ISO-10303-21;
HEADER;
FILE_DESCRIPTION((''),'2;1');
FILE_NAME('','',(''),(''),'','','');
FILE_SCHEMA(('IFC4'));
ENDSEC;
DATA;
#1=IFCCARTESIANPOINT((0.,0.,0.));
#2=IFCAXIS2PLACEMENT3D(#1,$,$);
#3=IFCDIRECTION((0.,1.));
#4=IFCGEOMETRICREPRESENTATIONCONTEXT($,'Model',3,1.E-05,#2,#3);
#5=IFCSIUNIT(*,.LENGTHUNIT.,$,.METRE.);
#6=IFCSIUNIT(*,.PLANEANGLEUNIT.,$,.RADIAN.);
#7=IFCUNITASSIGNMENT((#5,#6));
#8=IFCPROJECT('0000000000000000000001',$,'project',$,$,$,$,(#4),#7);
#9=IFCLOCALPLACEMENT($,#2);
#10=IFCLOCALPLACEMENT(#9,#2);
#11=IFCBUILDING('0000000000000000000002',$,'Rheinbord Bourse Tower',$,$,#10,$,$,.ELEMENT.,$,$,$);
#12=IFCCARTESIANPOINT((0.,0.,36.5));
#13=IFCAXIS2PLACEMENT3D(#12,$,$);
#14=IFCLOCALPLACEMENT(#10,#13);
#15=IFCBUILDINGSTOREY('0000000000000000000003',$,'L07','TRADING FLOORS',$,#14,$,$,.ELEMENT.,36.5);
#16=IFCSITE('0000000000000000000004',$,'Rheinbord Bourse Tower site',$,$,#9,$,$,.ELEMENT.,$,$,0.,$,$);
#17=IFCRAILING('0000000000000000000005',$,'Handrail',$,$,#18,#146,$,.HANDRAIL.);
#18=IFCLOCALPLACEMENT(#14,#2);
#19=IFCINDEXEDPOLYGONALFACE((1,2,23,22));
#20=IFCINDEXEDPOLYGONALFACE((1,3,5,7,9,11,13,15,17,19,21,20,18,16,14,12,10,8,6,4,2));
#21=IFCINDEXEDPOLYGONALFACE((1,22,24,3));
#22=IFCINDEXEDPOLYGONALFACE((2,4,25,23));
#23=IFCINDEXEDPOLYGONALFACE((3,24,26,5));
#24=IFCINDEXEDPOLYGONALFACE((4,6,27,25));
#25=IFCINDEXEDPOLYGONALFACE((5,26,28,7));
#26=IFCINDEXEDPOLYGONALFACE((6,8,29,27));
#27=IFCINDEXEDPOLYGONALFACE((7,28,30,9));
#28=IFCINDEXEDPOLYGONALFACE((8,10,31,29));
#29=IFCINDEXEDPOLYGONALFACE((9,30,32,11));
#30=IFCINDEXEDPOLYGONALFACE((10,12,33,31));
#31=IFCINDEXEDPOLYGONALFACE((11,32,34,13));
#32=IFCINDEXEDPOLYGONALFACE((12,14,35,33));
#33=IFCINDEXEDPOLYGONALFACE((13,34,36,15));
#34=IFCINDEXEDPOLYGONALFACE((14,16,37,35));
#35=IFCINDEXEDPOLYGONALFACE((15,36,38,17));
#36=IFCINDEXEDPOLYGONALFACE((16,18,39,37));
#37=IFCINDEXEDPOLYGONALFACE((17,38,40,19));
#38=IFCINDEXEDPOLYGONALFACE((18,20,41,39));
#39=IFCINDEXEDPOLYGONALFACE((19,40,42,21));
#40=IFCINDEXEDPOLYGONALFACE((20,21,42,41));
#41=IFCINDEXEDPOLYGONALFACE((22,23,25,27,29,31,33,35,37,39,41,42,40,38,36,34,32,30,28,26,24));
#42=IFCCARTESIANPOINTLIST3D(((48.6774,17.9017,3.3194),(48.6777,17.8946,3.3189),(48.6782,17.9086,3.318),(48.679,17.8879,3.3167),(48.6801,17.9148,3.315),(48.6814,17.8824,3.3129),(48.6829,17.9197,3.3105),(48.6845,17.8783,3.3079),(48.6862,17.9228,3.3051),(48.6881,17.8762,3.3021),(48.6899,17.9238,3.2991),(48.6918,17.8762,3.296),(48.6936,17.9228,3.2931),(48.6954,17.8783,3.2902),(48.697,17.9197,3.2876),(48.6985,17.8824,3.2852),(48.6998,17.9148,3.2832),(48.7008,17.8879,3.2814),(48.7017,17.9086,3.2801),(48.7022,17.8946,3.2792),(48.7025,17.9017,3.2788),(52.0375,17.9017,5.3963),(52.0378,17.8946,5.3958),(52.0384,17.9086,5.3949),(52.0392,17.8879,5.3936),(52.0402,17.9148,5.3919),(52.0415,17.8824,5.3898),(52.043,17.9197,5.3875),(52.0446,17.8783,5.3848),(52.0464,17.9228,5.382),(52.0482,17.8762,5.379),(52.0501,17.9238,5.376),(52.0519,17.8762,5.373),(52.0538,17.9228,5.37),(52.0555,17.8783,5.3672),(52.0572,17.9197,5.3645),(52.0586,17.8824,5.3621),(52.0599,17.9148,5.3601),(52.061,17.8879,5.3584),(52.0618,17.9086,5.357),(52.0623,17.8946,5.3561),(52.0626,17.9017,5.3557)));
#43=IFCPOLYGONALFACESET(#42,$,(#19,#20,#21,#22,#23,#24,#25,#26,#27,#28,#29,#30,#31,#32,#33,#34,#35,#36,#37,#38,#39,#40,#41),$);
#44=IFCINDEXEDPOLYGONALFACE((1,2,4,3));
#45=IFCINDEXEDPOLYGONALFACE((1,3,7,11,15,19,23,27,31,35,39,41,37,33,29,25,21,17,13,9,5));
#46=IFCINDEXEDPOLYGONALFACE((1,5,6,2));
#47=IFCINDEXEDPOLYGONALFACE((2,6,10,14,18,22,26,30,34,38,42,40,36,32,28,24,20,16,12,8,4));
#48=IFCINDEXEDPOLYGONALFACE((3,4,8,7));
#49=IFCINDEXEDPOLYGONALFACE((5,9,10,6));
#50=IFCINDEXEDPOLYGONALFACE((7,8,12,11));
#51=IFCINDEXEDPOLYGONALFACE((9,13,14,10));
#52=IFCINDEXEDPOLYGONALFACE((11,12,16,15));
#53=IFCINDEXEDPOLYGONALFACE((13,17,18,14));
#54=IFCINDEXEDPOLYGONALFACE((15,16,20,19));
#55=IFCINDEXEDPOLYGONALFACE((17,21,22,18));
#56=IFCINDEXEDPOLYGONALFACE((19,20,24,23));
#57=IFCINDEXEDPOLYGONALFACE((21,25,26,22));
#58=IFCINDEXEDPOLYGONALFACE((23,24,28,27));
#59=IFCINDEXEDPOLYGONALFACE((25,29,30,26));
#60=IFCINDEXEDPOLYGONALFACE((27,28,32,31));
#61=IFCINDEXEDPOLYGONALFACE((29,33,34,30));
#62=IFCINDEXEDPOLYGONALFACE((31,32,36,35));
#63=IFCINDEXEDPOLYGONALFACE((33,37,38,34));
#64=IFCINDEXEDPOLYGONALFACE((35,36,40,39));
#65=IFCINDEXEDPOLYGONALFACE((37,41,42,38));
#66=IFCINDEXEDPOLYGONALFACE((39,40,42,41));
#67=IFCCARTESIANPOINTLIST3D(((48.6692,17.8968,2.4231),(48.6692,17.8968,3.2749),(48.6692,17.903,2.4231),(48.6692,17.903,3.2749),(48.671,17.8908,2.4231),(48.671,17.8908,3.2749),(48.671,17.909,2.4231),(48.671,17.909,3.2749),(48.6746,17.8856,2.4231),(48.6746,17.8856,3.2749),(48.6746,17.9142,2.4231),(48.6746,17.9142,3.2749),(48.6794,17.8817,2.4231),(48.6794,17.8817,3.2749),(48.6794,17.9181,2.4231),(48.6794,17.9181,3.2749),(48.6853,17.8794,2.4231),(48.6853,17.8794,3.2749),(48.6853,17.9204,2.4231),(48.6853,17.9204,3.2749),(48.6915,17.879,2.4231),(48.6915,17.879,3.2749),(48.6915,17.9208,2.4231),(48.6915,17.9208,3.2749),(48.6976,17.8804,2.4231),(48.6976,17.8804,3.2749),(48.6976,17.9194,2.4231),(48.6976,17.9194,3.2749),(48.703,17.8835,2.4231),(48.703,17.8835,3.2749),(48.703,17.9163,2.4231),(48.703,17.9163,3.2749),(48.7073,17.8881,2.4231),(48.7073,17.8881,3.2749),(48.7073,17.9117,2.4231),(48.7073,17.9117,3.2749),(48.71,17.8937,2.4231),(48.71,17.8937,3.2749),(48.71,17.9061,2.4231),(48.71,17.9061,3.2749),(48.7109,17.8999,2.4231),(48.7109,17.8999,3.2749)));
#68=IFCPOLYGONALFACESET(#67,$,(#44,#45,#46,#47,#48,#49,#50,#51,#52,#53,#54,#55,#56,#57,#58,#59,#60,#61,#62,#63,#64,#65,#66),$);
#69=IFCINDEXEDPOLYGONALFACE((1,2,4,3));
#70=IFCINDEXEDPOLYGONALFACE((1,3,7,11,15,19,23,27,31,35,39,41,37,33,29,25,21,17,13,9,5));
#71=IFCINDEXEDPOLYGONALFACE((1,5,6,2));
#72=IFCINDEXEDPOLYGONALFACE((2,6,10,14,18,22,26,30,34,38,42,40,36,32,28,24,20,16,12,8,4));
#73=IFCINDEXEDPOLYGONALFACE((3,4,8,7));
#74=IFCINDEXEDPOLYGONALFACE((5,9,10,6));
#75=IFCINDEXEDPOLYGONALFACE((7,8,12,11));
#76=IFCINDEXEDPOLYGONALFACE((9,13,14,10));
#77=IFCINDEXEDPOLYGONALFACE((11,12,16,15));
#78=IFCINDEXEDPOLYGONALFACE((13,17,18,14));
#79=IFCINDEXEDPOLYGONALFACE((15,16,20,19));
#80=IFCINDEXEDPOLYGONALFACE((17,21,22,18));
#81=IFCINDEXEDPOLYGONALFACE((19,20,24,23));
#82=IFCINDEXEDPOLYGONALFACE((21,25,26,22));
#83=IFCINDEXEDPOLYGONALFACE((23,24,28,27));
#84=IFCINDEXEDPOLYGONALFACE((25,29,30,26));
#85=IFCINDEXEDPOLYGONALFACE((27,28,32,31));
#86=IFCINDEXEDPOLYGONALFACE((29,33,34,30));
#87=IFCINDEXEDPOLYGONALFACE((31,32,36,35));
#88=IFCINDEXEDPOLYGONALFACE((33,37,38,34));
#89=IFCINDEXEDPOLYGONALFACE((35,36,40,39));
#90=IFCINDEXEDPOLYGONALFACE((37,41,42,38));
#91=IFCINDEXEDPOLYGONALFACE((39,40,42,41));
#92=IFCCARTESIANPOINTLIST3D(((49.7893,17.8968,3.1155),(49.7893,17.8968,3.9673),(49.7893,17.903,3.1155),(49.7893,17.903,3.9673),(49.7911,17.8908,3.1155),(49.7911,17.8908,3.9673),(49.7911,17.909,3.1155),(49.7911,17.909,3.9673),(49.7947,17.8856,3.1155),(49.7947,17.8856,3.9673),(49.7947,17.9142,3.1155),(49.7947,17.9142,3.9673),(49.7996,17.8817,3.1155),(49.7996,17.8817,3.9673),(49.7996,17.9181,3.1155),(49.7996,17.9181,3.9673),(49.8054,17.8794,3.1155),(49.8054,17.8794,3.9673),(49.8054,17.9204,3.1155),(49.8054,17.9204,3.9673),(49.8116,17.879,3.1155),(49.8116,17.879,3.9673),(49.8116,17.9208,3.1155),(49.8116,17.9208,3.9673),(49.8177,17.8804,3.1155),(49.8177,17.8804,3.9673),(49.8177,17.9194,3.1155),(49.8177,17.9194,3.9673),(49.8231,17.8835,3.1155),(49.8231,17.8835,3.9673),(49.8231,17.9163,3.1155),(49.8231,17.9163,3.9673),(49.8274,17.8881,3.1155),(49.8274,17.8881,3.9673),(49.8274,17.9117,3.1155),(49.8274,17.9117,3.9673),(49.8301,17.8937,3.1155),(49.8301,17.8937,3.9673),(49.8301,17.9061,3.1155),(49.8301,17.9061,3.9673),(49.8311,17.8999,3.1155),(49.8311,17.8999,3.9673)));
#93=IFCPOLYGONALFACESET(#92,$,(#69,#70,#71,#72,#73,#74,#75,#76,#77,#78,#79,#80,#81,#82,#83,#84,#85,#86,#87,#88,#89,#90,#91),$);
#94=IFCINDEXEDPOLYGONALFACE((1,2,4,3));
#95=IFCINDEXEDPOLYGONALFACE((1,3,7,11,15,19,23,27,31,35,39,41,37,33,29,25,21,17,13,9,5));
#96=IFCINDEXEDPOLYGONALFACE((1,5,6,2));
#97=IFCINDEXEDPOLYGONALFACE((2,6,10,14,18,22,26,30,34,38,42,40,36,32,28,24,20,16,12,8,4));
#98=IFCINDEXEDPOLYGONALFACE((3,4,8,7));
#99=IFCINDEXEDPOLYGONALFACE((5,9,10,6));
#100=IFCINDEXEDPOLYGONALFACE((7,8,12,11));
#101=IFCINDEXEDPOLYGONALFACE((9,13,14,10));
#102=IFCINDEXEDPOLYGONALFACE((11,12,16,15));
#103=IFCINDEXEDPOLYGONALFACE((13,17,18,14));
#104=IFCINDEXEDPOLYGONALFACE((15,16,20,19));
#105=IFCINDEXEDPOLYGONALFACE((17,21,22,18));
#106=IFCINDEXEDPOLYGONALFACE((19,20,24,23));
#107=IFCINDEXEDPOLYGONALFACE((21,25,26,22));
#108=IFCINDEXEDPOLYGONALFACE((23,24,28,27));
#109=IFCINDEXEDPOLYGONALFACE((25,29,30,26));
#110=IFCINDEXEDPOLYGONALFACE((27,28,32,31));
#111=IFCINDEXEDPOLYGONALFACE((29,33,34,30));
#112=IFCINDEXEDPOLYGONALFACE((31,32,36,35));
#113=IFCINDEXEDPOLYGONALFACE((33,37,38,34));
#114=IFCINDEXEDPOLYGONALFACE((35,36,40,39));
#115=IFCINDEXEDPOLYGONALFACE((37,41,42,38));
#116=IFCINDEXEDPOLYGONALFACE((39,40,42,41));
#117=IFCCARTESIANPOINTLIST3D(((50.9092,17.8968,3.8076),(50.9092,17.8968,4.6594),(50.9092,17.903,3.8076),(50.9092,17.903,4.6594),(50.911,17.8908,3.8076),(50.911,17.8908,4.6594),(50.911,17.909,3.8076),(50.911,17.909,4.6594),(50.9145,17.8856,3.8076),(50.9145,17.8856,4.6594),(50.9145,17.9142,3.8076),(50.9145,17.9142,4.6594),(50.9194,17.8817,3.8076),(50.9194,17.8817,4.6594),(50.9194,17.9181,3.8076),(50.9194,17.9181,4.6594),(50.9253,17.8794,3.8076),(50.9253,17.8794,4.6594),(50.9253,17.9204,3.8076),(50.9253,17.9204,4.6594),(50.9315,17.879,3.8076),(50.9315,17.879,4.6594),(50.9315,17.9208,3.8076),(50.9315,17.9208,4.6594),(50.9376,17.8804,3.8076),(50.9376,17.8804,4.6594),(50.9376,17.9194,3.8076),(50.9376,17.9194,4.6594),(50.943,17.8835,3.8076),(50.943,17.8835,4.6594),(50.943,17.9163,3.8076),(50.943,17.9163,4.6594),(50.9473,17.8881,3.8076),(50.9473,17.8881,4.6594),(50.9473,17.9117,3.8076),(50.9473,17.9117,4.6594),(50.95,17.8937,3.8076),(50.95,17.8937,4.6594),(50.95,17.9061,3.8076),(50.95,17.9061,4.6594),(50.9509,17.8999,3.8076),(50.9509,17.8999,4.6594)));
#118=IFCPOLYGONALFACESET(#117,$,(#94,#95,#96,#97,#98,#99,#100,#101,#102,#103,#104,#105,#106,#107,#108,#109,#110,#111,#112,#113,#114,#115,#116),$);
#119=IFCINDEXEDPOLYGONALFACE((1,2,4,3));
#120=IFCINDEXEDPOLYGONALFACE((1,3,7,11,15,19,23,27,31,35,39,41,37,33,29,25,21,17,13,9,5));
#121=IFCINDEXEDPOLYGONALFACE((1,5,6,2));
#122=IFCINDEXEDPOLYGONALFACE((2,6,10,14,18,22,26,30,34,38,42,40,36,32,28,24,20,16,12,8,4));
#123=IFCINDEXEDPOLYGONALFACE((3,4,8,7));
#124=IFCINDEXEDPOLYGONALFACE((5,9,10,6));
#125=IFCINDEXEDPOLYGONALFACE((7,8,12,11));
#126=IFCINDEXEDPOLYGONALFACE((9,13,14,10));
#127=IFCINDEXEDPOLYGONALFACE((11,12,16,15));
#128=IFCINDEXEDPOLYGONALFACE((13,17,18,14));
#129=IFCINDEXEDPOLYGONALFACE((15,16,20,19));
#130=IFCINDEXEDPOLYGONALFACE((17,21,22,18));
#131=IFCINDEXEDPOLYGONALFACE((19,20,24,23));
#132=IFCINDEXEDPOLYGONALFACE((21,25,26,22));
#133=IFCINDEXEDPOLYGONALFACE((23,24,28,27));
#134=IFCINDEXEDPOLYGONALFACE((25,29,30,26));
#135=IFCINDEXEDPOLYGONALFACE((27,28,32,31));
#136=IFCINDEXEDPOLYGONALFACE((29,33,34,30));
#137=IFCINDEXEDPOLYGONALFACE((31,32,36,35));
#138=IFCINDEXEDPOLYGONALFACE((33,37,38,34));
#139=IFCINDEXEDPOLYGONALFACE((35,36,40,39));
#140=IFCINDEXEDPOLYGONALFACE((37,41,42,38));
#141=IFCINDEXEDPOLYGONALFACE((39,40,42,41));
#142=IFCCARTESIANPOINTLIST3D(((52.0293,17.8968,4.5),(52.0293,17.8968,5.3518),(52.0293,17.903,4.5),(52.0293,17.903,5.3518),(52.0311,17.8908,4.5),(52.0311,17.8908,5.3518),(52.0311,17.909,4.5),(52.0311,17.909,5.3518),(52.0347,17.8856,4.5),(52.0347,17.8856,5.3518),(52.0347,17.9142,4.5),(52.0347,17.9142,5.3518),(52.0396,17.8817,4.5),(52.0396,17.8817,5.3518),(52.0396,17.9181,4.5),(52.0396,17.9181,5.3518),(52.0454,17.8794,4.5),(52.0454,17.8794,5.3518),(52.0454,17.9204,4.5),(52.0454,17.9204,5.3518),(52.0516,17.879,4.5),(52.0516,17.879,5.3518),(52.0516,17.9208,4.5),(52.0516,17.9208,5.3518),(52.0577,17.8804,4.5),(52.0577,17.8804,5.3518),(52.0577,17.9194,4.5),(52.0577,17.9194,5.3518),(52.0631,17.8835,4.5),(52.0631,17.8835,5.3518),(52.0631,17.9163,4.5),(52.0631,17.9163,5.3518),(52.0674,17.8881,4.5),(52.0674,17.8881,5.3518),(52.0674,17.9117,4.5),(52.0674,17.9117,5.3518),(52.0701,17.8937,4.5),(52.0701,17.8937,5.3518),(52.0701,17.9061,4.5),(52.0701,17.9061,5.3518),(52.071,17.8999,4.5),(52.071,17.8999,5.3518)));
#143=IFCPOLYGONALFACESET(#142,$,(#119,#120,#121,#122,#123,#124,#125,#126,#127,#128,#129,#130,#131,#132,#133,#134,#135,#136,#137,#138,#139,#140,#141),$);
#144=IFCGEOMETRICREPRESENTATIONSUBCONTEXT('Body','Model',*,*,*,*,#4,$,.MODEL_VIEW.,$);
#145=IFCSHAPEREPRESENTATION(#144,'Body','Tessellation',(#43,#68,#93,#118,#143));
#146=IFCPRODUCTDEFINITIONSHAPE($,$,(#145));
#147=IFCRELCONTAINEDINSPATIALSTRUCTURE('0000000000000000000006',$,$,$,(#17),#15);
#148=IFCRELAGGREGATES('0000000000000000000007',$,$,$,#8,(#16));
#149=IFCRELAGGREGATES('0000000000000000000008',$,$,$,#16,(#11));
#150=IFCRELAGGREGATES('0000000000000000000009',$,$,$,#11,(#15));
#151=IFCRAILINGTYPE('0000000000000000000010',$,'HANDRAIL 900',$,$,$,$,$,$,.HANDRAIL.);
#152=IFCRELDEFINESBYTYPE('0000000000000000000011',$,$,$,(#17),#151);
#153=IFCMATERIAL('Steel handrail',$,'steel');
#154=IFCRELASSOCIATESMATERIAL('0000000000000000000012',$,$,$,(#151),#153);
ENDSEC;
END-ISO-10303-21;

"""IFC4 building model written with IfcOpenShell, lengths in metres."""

from ifc_helpers import new_model, si_unit, direction, frame, origin, origin_2d, place, context, subcontext, project, spatial, circle, extrude, material, type_object, element, save


model = new_model("IFC4")

# Units and contexts
model_context = context("Model", 3, precision=1e-05, world=origin(), true_north=direction((0.0, 1.0)))
body_context = subcontext(model_context, "Body", "Model", "MODEL_VIEW")
ifc_project = project(units=[si_unit("LENGTHUNIT", "METRE"), si_unit("PLANEANGLEUNIT", "RADIAN")], contexts=[model_context])

# Site, building, storey
site_placement = place(None, origin())
site = spatial("IfcSite", under=ifc_project, at=site_placement, Name="Rheinbord Bourse Tower site", CompositionType="ELEMENT", RefElevation=0.0)
building_placement = place(site_placement, origin())
building = spatial("IfcBuilding", under=site, at=building_placement, Name="Rheinbord Bourse Tower", CompositionType="ELEMENT")
storey_placement = place(building_placement, frame((0.0, 0.0, 36.5)))
storey = spatial("IfcBuildingStorey", under=building, at=storey_placement, Name="L07", Description="TRADING FLOORS", CompositionType="ELEMENT", Elevation=36.5)

# Railing
ifc_material_1 = material(Name="Steel handrail", Category="steel")
railing_type = type_object("IfcRailingType", Name="HANDRAIL 900", PredefinedType="HANDRAIL", material=ifc_material_1)
railing_1_placement = place(storey_placement, frame((48.6899, 17.8999, 2.4231)))
element("IfcRailing", 1, at=railing_1_placement, inside=storey, type_object=railing_type, Name="Handrail", PredefinedType="HANDRAIL", context=body_context, shape_type="SweptSolid", body=[
    extrude(circle(Radius=0.0239, at=origin_2d()), frame((0.0, 0.0, 0.876), z_axis=(0.850623, 0.0, 0.525776), x_axis=(0.0, 1.0, 0.0)), (0.0, 0.0, 1.0), 3.9502),
    extrude(circle(Radius=0.021, at=origin_2d()), origin(), (0.0, 0.0, 1.0), 0.8518),
    extrude(circle(Radius=0.021, at=origin_2d()), frame((1.1201, 0.0, 0.6924)), (0.0, 0.0, 1.0), 0.8518),
    extrude(circle(Radius=0.021, at=origin_2d()), frame((2.24, 0.0, 1.3845)), (0.0, 0.0, 1.0), 0.8518),
    extrude(circle(Radius=0.021, at=origin_2d()), frame((3.3601, 0.0, 2.0769)), (0.0, 0.0, 1.0), 0.8518),
])

save(model, "model.ifc")
